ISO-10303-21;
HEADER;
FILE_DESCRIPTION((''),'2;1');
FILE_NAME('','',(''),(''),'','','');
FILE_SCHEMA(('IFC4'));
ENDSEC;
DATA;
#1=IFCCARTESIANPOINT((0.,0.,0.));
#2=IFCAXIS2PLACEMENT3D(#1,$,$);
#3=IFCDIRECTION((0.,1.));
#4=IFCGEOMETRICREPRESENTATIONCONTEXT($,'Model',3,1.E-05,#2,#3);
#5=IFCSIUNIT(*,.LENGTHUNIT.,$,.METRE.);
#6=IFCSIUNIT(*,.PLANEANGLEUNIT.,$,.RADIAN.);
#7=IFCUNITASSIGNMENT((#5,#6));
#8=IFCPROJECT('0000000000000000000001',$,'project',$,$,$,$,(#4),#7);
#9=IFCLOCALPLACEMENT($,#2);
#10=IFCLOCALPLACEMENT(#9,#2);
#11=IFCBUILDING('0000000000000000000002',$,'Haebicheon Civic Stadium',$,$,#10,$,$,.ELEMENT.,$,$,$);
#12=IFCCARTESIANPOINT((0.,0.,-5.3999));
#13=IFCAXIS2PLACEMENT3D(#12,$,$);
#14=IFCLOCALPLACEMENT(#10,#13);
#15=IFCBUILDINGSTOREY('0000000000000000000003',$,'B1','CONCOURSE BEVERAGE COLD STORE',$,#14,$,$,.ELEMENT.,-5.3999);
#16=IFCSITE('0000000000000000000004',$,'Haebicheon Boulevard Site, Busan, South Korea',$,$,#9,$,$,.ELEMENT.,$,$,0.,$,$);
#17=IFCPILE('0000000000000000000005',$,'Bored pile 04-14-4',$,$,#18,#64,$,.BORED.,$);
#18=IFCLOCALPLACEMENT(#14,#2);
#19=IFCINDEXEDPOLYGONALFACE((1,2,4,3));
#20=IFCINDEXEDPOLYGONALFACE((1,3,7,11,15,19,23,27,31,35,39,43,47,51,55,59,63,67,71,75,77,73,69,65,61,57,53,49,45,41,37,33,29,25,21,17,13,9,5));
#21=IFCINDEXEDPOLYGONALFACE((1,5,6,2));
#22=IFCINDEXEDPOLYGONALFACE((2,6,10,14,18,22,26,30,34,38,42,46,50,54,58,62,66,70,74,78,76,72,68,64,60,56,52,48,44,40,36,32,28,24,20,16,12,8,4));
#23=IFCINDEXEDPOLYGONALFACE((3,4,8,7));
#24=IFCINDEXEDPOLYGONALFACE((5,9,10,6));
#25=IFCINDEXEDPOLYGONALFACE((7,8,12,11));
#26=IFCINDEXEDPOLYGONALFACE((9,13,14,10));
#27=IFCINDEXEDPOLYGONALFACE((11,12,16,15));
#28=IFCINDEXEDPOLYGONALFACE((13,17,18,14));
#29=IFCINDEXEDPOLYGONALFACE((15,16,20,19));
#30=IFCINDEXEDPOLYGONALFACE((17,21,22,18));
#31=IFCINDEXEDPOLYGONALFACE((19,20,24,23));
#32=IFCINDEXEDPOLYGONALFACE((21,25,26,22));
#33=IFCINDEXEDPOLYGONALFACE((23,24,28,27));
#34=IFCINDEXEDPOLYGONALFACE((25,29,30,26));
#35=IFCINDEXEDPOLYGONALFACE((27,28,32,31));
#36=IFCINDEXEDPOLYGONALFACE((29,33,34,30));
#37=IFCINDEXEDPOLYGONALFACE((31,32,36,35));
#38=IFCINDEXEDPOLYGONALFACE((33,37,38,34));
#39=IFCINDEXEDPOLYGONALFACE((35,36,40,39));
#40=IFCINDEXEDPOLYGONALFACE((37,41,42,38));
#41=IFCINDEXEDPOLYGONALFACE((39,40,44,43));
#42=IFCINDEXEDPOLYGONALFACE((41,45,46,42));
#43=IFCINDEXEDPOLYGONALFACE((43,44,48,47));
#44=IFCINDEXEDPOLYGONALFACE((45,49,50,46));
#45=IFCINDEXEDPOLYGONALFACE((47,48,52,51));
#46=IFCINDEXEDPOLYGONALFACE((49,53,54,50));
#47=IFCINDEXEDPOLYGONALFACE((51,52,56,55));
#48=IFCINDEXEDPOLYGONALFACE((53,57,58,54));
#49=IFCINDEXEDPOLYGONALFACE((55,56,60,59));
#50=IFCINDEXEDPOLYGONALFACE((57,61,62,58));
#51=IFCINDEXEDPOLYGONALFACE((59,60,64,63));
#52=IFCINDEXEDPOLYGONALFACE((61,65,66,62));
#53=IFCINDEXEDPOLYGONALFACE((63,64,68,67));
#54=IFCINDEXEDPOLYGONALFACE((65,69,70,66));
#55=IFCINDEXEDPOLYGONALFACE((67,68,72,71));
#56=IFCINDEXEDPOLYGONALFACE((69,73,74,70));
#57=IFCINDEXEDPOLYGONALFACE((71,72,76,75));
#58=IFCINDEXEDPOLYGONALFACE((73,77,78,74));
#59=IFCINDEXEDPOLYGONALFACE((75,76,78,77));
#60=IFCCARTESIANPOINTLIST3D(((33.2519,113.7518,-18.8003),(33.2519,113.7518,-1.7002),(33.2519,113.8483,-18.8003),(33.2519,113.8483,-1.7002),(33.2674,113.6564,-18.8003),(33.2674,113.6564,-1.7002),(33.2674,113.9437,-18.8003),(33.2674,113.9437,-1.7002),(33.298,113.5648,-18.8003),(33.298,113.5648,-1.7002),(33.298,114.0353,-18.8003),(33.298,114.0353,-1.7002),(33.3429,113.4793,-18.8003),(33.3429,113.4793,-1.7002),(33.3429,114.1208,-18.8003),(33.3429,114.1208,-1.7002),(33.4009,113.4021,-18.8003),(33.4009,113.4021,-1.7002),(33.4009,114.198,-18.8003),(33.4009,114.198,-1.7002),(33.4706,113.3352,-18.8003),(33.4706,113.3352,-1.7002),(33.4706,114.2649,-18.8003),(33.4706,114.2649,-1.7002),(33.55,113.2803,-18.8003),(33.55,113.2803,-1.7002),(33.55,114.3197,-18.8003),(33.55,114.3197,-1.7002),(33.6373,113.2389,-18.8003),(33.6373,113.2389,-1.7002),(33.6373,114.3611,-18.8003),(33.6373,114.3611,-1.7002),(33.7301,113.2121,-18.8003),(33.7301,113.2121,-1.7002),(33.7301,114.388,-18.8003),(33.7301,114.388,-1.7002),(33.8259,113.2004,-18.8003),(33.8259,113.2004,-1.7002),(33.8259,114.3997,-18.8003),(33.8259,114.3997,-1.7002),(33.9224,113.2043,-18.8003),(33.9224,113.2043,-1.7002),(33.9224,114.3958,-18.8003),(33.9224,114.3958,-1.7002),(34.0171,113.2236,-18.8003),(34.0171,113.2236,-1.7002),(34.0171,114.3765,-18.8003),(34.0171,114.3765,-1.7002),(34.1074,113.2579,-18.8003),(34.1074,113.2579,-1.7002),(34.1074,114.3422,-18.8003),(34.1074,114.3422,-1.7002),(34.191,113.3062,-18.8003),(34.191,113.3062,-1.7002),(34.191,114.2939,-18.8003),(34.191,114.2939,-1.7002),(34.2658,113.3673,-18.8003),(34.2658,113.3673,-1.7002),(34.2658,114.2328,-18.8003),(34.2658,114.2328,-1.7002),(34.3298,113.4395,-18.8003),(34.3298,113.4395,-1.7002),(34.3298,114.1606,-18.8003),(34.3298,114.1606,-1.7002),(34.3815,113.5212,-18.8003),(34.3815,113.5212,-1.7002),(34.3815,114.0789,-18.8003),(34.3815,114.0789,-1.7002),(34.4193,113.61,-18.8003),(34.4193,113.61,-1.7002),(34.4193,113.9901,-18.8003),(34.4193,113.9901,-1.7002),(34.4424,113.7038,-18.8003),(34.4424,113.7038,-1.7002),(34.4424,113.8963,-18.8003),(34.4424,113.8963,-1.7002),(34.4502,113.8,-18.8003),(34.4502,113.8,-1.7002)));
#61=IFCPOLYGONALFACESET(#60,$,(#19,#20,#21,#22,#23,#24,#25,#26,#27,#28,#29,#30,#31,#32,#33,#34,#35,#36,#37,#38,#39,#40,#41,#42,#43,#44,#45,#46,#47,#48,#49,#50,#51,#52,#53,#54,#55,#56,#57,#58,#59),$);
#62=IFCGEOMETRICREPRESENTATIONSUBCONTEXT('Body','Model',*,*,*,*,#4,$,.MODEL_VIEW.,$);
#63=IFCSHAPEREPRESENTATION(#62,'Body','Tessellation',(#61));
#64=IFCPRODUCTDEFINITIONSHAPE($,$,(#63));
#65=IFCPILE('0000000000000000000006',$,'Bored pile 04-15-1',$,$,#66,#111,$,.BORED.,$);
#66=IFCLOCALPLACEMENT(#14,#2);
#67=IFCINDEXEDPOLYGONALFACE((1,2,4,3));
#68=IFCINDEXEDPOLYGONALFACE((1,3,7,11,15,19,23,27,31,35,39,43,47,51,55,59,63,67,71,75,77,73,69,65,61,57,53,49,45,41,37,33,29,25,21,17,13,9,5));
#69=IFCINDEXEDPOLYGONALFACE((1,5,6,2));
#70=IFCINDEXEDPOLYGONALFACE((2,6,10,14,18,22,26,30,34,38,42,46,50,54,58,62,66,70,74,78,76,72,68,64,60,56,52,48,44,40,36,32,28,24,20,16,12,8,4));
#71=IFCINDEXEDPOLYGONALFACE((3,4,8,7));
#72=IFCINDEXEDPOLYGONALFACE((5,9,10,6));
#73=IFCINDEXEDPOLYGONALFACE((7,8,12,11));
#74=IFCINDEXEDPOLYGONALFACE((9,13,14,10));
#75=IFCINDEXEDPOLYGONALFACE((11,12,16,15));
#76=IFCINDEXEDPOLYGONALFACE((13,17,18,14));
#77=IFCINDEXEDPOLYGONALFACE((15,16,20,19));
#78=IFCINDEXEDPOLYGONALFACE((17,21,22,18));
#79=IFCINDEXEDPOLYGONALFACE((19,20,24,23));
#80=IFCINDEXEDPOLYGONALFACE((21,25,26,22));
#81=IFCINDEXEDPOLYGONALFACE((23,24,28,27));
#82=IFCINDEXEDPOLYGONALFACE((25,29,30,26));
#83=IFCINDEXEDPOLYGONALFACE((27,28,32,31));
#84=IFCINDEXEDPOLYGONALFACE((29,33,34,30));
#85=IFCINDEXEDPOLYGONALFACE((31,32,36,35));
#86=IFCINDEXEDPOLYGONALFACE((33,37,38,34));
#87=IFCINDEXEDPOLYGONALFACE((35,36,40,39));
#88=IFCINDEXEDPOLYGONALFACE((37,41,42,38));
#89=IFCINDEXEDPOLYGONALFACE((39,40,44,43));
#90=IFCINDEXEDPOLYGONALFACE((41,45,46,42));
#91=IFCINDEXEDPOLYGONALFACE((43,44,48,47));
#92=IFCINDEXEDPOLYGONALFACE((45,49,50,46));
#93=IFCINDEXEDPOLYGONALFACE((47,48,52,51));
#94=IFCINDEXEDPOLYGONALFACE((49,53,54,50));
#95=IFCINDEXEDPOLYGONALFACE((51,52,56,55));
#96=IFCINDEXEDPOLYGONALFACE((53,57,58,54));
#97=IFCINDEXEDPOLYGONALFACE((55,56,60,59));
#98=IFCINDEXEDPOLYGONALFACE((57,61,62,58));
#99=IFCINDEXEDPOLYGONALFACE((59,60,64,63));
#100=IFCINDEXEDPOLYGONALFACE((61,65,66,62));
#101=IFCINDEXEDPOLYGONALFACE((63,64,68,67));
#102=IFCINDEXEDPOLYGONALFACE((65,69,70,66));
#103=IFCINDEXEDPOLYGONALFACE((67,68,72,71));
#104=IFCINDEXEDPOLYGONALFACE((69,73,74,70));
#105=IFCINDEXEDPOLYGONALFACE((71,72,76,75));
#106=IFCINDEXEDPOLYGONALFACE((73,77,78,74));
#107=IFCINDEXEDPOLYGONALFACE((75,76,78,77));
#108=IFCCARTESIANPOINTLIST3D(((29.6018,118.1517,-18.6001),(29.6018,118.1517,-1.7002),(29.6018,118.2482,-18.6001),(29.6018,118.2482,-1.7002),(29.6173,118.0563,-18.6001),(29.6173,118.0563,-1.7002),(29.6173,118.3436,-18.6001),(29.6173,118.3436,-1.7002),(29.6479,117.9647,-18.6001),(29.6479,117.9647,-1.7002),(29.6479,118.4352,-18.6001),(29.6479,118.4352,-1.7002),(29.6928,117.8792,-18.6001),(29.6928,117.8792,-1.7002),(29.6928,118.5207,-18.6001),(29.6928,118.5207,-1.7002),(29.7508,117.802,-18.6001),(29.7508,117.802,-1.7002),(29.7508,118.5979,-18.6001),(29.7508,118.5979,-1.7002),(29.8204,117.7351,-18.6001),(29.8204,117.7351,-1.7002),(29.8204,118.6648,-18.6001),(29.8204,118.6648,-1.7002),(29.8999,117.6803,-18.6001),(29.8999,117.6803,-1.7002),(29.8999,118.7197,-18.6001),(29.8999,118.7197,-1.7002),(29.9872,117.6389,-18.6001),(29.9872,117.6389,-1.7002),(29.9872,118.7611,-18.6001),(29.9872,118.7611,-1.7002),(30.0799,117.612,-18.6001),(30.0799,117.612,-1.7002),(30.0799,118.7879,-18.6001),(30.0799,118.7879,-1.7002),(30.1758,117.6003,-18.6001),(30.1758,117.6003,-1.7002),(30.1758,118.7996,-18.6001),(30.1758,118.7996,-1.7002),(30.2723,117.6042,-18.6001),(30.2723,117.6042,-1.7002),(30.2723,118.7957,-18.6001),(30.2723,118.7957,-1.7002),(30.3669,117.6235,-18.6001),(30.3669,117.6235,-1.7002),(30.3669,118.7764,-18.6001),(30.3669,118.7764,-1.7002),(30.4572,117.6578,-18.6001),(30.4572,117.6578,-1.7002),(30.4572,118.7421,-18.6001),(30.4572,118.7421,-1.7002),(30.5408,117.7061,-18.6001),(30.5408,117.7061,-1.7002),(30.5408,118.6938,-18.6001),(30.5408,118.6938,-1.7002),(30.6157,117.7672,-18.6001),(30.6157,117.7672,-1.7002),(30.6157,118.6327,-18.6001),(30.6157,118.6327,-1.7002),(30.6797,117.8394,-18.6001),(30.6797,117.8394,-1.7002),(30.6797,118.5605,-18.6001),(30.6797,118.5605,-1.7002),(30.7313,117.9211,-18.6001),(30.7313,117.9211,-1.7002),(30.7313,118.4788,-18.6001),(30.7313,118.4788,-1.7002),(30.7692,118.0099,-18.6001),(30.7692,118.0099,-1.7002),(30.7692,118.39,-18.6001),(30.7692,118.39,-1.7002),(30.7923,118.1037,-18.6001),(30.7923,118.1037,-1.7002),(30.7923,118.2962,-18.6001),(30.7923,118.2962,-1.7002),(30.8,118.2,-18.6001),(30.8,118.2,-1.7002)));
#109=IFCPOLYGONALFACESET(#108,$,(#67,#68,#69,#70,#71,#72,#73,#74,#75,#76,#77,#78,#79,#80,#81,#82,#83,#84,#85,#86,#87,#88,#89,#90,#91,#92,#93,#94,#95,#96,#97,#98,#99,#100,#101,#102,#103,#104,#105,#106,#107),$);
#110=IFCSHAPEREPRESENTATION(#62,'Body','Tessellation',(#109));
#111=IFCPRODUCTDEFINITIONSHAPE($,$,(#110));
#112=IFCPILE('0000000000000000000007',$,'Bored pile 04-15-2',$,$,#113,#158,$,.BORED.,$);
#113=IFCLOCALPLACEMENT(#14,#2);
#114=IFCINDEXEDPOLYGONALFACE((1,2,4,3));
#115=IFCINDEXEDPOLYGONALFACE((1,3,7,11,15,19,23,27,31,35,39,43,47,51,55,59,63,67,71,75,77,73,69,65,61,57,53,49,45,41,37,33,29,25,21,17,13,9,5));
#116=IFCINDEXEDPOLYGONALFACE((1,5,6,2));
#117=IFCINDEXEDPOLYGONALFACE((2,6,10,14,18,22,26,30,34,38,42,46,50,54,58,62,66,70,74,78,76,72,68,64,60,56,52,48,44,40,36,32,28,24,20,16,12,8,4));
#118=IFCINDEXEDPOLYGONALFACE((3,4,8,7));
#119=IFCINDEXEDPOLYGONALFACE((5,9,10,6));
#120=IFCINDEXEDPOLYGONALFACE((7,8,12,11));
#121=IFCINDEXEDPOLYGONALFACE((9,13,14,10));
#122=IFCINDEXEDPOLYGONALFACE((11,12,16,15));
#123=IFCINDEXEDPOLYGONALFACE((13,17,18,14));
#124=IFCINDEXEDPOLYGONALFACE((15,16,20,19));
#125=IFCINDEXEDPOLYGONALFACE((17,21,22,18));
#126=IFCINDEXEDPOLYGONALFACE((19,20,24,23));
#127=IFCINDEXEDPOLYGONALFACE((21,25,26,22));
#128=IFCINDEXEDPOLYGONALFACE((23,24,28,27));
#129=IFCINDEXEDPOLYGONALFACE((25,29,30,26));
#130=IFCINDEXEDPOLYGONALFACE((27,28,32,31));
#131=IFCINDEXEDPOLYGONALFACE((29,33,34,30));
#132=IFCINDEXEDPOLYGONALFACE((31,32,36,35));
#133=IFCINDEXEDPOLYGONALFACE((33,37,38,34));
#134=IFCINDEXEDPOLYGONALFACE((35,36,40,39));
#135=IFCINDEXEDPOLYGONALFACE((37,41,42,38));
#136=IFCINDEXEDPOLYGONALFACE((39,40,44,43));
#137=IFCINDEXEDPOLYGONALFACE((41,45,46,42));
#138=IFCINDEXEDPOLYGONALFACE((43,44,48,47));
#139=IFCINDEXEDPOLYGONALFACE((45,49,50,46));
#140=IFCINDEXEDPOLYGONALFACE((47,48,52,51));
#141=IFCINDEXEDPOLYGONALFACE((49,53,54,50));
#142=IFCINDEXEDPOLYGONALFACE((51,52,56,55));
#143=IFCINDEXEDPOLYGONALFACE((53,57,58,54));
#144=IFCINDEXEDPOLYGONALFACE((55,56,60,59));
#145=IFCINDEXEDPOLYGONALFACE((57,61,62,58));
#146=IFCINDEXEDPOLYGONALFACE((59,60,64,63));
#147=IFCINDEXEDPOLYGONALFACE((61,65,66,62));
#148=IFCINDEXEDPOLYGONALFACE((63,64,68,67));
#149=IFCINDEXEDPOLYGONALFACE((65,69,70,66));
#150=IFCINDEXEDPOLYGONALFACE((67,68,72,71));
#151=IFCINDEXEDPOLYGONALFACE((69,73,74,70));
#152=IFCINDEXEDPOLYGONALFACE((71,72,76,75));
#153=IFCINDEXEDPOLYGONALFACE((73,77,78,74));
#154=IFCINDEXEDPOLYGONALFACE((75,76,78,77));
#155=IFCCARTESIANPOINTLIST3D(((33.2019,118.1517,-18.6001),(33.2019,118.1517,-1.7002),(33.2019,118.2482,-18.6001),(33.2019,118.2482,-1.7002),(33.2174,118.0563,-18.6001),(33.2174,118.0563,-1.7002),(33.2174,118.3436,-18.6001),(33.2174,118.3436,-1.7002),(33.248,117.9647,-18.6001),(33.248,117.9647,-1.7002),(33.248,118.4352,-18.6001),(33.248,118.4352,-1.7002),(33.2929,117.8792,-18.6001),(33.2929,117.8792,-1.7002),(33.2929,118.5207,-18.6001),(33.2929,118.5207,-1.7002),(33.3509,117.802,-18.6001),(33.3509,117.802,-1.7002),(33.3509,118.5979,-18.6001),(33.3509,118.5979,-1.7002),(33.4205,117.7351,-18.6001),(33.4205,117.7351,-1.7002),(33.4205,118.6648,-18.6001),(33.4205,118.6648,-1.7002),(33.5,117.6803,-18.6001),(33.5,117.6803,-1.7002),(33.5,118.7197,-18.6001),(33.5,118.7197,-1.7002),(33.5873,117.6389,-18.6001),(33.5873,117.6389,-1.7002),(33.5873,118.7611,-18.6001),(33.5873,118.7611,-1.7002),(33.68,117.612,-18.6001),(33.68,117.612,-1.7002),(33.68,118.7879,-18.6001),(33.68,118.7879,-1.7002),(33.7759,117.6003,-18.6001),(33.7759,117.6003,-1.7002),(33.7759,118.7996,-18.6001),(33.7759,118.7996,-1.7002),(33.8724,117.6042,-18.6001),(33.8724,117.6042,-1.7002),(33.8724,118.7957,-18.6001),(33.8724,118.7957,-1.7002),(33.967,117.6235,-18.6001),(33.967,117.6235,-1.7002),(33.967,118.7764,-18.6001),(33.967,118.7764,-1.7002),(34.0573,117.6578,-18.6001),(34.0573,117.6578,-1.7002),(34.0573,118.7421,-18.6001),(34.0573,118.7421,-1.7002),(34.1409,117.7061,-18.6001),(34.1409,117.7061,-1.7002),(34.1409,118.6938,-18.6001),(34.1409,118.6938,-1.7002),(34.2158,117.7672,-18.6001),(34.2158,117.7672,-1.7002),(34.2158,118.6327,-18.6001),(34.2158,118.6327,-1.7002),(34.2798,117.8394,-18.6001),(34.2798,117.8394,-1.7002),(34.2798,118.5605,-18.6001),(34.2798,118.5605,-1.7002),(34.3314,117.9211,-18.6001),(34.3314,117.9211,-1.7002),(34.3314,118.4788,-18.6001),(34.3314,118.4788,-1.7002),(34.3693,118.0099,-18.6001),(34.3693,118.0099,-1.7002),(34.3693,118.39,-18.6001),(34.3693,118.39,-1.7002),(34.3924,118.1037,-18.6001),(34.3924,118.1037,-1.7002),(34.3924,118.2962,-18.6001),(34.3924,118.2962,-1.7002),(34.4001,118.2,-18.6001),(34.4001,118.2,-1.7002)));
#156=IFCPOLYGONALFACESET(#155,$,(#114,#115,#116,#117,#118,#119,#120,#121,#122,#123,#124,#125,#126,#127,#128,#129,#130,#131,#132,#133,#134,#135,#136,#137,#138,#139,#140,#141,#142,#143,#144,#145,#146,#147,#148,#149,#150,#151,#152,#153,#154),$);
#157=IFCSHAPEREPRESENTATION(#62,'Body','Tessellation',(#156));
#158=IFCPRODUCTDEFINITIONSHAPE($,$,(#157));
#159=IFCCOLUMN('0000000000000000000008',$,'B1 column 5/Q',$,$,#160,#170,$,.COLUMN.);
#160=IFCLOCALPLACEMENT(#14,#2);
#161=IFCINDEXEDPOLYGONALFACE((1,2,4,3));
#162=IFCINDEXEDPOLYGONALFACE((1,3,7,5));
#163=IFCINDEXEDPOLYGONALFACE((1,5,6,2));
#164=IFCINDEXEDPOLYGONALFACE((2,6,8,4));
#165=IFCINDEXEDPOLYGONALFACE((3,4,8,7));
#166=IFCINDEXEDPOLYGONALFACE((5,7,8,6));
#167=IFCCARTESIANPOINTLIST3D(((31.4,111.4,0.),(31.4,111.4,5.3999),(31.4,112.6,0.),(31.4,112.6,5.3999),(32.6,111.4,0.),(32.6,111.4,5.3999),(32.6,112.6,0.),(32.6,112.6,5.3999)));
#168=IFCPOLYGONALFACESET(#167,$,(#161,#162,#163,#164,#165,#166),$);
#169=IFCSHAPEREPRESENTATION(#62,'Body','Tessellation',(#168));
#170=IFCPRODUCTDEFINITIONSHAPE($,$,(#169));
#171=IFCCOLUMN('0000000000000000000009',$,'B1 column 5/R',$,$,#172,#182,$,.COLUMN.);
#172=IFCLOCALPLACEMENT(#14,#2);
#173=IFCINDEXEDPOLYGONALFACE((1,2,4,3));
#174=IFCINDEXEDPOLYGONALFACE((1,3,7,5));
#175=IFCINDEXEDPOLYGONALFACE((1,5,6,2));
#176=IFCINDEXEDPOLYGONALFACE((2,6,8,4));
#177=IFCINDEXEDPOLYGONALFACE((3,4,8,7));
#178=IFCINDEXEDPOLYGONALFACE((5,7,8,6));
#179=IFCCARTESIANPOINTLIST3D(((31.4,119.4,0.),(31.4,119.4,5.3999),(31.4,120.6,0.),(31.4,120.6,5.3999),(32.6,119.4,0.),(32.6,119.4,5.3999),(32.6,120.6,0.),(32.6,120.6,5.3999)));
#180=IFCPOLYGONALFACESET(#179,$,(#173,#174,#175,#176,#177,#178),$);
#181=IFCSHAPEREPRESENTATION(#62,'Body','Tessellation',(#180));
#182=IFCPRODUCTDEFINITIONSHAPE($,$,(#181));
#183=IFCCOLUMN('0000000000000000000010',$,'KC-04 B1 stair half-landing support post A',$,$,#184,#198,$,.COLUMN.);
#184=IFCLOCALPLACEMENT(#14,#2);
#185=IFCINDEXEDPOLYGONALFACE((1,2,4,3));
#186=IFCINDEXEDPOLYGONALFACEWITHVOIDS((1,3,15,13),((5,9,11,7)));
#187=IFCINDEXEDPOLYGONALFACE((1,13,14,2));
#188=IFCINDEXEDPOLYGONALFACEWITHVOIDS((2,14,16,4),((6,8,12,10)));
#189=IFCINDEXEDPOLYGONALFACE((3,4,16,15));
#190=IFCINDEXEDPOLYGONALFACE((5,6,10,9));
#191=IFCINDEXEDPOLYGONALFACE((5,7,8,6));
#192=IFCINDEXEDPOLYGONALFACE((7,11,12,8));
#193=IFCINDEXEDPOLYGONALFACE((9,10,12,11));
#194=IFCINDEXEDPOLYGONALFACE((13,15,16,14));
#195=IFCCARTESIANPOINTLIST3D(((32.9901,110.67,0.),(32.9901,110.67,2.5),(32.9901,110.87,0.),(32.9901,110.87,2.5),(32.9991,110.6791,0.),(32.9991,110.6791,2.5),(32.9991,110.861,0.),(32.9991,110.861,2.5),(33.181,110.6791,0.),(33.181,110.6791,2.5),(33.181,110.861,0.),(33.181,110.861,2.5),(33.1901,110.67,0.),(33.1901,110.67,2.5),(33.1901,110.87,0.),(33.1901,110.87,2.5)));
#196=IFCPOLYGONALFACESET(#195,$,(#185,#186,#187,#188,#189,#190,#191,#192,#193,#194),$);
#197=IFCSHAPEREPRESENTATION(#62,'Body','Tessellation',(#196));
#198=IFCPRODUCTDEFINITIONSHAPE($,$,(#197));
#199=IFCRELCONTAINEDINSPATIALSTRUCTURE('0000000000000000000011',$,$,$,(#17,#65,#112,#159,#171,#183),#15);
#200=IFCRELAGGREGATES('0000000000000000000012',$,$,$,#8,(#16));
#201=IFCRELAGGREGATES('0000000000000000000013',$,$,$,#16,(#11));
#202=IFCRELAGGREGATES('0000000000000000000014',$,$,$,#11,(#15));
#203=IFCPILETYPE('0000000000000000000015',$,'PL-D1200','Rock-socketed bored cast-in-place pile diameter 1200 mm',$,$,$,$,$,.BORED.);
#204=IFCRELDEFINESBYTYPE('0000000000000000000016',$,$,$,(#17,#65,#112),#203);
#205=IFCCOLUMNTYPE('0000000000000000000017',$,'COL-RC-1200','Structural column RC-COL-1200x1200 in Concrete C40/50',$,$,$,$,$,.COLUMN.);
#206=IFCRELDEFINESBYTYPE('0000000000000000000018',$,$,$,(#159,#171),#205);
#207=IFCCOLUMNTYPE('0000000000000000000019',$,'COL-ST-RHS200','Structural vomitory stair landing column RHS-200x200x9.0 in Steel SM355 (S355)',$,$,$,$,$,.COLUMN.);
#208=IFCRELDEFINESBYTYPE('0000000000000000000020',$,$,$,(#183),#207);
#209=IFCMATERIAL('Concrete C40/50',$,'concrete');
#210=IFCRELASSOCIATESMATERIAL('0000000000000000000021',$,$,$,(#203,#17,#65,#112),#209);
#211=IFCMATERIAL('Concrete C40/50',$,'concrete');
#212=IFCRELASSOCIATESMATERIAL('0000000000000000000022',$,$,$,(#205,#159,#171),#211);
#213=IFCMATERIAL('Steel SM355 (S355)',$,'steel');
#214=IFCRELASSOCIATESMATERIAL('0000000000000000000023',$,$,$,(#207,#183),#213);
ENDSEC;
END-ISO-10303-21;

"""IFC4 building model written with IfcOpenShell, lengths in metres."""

from ifc_helpers import new_model, si_unit, direction, frame, origin, origin_2d, place, context, subcontext, project, spatial, rectangle, hollow_rectangle, circle, extrude, material, material_profile, profile_set, type_object, element, save


model = new_model("IFC4")

# Units and contexts
model_context = context("Model", 3, precision=1e-05, world=origin(), true_north=direction((0.0, 1.0)))
body_context = subcontext(model_context, "Body", "Model", "MODEL_VIEW")
ifc_project = project(units=[si_unit("LENGTHUNIT", "METRE"), si_unit("PLANEANGLEUNIT", "RADIAN")], contexts=[model_context])

# Site, building, storey
site_placement = place(None, origin())
site = spatial("IfcSite", under=ifc_project, at=site_placement, Name="Haebicheon Boulevard Site, Busan, South Korea", CompositionType="ELEMENT", RefElevation=0.0)
building_placement = place(site_placement, origin())
building = spatial("IfcBuilding", under=site, at=building_placement, Name="Haebicheon Civic Stadium", CompositionType="ELEMENT")
storey_placement = place(building_placement, frame((0.0, 0.0, -5.3999)))
storey = spatial("IfcBuildingStorey", under=building, at=storey_placement, Name="B1", Description="CONCOURSE BEVERAGE COLD STORE", CompositionType="ELEMENT", Elevation=-5.3999)

# Piles
ifc_material_1 = material(Name="Concrete C40/50", Category="concrete")
ifc_material_profile_1 = material_profile(ifc_material_1, circle(Radius=0.6001, at=origin_2d()), Name="PILE-D1200")
ifc_profile_set_1 = profile_set([ifc_material_profile_1], Name="Concrete C40/50")
pile_type = type_object("IfcPileType", Name="PL-D1200", Description="Rock-socketed bored cast-in-place pile diameter 1200 mm", PredefinedType="BORED", material=ifc_profile_set_1)
for number, where, z_axis, x_axis, name in (
    (1, (33.8501, 113.8, -1.7002), (0.0, 0.0, -1.0), (1.0, 0.0, 0.0), "Bored pile 04-14-4"),
):
    element("IfcPile", number, at=place(storey_placement, frame(where, z_axis=z_axis, x_axis=x_axis)), inside=storey, type_object=pile_type, material=ifc_profile_set_1, Name=name, PredefinedType="BORED", context=body_context, shape_type="SweptSolid", body=[
        extrude(circle(Radius=0.6001, at=origin_2d()), origin(), (0.0, 0.0, 1.0), 17.1001),
    ])
for number, where, z_axis, x_axis, name in (
    (2, (30.2, 118.2, -1.7002), (0.0, 0.0, -1.0), (1.0, 0.0, 0.0), "Bored pile 04-15-1"),
    (3, (33.8, 118.2, -1.7002), (0.0, 0.0, -1.0), (1.0, 0.0, 0.0), "Bored pile 04-15-2"),
):
    element("IfcPile", number, at=place(storey_placement, frame(where, z_axis=z_axis, x_axis=x_axis)), inside=storey, type_object=pile_type, material=ifc_profile_set_1, Name=name, PredefinedType="BORED", context=body_context, shape_type="SweptSolid", body=[
        extrude(circle(Radius=0.6001, at=origin_2d()), origin(), (0.0, 0.0, 1.0), 16.8999),
    ])

# Columns
ifc_material_2 = material(Name="Concrete C40/50", Category="concrete")
ifc_material_profile_2 = material_profile(ifc_material_2, rectangle(XDim=1.2, YDim=1.2, at=origin_2d()), Name="RC-COL-1200x1200")
ifc_profile_set_2 = profile_set([ifc_material_profile_2], Name="Concrete C40/50")
column_type_1 = type_object("IfcColumnType", Name="COL-RC-1200", Description="Structural column RC-COL-1200x1200 in Concrete C40/50", PredefinedType="COLUMN", material=ifc_profile_set_2)
for number, where, z_axis, x_axis, name in (
    (4, (32.0, 112.0, 0.0), (0.0, 0.0, 1.0), (1.0, 0.0, 0.0), "B1 column 5/Q"),
    (5, (32.0, 120.0, 0.0), (0.0, 0.0, 1.0), (1.0, 0.0, 0.0), "B1 column 5/R"),
):
    element("IfcColumn", number, at=place(storey_placement, frame(where, z_axis=z_axis, x_axis=x_axis)), inside=storey, type_object=column_type_1, material=ifc_profile_set_2, Name=name, PredefinedType="COLUMN", context=body_context, shape_type="SweptSolid", body=[
        extrude(rectangle(XDim=1.2, YDim=1.2, at=origin_2d()), origin(), (0.0, 0.0, 1.0), 5.3999),
    ])
ifc_material_3 = material(Name="Steel SM355 (S355)", Category="steel")
ifc_material_profile_3 = material_profile(ifc_material_3, hollow_rectangle(XDim=0.2, YDim=0.2, WallThickness=0.009, at=origin_2d()), Name="RHS-200x200x9.0")
ifc_profile_set_3 = profile_set([ifc_material_profile_3], Name="Steel SM355 (S355)")
column_type_2 = type_object("IfcColumnType", Name="COL-ST-RHS200", Description="Structural vomitory stair landing column RHS-200x200x9.0 in Steel SM355 (S355)", PredefinedType="COLUMN", material=ifc_profile_set_3)
for number, where, z_axis, x_axis, name in (
    (6, (33.0901, 110.77, 0.0), (0.0, 0.0, 1.0), (1.0, 0.0, 0.0), "KC-04 B1 stair half-landing support post A"),
):
    element("IfcColumn", number, at=place(storey_placement, frame(where, z_axis=z_axis, x_axis=x_axis)), inside=storey, type_object=column_type_2, material=ifc_profile_set_3, Name=name, PredefinedType="COLUMN", context=body_context, shape_type="SweptSolid", body=[
        extrude(hollow_rectangle(XDim=0.2, YDim=0.2, WallThickness=0.009, at=origin_2d()), origin(), (0.0, 0.0, 1.0), 2.5),
    ])

save(model, "model.ifc")
